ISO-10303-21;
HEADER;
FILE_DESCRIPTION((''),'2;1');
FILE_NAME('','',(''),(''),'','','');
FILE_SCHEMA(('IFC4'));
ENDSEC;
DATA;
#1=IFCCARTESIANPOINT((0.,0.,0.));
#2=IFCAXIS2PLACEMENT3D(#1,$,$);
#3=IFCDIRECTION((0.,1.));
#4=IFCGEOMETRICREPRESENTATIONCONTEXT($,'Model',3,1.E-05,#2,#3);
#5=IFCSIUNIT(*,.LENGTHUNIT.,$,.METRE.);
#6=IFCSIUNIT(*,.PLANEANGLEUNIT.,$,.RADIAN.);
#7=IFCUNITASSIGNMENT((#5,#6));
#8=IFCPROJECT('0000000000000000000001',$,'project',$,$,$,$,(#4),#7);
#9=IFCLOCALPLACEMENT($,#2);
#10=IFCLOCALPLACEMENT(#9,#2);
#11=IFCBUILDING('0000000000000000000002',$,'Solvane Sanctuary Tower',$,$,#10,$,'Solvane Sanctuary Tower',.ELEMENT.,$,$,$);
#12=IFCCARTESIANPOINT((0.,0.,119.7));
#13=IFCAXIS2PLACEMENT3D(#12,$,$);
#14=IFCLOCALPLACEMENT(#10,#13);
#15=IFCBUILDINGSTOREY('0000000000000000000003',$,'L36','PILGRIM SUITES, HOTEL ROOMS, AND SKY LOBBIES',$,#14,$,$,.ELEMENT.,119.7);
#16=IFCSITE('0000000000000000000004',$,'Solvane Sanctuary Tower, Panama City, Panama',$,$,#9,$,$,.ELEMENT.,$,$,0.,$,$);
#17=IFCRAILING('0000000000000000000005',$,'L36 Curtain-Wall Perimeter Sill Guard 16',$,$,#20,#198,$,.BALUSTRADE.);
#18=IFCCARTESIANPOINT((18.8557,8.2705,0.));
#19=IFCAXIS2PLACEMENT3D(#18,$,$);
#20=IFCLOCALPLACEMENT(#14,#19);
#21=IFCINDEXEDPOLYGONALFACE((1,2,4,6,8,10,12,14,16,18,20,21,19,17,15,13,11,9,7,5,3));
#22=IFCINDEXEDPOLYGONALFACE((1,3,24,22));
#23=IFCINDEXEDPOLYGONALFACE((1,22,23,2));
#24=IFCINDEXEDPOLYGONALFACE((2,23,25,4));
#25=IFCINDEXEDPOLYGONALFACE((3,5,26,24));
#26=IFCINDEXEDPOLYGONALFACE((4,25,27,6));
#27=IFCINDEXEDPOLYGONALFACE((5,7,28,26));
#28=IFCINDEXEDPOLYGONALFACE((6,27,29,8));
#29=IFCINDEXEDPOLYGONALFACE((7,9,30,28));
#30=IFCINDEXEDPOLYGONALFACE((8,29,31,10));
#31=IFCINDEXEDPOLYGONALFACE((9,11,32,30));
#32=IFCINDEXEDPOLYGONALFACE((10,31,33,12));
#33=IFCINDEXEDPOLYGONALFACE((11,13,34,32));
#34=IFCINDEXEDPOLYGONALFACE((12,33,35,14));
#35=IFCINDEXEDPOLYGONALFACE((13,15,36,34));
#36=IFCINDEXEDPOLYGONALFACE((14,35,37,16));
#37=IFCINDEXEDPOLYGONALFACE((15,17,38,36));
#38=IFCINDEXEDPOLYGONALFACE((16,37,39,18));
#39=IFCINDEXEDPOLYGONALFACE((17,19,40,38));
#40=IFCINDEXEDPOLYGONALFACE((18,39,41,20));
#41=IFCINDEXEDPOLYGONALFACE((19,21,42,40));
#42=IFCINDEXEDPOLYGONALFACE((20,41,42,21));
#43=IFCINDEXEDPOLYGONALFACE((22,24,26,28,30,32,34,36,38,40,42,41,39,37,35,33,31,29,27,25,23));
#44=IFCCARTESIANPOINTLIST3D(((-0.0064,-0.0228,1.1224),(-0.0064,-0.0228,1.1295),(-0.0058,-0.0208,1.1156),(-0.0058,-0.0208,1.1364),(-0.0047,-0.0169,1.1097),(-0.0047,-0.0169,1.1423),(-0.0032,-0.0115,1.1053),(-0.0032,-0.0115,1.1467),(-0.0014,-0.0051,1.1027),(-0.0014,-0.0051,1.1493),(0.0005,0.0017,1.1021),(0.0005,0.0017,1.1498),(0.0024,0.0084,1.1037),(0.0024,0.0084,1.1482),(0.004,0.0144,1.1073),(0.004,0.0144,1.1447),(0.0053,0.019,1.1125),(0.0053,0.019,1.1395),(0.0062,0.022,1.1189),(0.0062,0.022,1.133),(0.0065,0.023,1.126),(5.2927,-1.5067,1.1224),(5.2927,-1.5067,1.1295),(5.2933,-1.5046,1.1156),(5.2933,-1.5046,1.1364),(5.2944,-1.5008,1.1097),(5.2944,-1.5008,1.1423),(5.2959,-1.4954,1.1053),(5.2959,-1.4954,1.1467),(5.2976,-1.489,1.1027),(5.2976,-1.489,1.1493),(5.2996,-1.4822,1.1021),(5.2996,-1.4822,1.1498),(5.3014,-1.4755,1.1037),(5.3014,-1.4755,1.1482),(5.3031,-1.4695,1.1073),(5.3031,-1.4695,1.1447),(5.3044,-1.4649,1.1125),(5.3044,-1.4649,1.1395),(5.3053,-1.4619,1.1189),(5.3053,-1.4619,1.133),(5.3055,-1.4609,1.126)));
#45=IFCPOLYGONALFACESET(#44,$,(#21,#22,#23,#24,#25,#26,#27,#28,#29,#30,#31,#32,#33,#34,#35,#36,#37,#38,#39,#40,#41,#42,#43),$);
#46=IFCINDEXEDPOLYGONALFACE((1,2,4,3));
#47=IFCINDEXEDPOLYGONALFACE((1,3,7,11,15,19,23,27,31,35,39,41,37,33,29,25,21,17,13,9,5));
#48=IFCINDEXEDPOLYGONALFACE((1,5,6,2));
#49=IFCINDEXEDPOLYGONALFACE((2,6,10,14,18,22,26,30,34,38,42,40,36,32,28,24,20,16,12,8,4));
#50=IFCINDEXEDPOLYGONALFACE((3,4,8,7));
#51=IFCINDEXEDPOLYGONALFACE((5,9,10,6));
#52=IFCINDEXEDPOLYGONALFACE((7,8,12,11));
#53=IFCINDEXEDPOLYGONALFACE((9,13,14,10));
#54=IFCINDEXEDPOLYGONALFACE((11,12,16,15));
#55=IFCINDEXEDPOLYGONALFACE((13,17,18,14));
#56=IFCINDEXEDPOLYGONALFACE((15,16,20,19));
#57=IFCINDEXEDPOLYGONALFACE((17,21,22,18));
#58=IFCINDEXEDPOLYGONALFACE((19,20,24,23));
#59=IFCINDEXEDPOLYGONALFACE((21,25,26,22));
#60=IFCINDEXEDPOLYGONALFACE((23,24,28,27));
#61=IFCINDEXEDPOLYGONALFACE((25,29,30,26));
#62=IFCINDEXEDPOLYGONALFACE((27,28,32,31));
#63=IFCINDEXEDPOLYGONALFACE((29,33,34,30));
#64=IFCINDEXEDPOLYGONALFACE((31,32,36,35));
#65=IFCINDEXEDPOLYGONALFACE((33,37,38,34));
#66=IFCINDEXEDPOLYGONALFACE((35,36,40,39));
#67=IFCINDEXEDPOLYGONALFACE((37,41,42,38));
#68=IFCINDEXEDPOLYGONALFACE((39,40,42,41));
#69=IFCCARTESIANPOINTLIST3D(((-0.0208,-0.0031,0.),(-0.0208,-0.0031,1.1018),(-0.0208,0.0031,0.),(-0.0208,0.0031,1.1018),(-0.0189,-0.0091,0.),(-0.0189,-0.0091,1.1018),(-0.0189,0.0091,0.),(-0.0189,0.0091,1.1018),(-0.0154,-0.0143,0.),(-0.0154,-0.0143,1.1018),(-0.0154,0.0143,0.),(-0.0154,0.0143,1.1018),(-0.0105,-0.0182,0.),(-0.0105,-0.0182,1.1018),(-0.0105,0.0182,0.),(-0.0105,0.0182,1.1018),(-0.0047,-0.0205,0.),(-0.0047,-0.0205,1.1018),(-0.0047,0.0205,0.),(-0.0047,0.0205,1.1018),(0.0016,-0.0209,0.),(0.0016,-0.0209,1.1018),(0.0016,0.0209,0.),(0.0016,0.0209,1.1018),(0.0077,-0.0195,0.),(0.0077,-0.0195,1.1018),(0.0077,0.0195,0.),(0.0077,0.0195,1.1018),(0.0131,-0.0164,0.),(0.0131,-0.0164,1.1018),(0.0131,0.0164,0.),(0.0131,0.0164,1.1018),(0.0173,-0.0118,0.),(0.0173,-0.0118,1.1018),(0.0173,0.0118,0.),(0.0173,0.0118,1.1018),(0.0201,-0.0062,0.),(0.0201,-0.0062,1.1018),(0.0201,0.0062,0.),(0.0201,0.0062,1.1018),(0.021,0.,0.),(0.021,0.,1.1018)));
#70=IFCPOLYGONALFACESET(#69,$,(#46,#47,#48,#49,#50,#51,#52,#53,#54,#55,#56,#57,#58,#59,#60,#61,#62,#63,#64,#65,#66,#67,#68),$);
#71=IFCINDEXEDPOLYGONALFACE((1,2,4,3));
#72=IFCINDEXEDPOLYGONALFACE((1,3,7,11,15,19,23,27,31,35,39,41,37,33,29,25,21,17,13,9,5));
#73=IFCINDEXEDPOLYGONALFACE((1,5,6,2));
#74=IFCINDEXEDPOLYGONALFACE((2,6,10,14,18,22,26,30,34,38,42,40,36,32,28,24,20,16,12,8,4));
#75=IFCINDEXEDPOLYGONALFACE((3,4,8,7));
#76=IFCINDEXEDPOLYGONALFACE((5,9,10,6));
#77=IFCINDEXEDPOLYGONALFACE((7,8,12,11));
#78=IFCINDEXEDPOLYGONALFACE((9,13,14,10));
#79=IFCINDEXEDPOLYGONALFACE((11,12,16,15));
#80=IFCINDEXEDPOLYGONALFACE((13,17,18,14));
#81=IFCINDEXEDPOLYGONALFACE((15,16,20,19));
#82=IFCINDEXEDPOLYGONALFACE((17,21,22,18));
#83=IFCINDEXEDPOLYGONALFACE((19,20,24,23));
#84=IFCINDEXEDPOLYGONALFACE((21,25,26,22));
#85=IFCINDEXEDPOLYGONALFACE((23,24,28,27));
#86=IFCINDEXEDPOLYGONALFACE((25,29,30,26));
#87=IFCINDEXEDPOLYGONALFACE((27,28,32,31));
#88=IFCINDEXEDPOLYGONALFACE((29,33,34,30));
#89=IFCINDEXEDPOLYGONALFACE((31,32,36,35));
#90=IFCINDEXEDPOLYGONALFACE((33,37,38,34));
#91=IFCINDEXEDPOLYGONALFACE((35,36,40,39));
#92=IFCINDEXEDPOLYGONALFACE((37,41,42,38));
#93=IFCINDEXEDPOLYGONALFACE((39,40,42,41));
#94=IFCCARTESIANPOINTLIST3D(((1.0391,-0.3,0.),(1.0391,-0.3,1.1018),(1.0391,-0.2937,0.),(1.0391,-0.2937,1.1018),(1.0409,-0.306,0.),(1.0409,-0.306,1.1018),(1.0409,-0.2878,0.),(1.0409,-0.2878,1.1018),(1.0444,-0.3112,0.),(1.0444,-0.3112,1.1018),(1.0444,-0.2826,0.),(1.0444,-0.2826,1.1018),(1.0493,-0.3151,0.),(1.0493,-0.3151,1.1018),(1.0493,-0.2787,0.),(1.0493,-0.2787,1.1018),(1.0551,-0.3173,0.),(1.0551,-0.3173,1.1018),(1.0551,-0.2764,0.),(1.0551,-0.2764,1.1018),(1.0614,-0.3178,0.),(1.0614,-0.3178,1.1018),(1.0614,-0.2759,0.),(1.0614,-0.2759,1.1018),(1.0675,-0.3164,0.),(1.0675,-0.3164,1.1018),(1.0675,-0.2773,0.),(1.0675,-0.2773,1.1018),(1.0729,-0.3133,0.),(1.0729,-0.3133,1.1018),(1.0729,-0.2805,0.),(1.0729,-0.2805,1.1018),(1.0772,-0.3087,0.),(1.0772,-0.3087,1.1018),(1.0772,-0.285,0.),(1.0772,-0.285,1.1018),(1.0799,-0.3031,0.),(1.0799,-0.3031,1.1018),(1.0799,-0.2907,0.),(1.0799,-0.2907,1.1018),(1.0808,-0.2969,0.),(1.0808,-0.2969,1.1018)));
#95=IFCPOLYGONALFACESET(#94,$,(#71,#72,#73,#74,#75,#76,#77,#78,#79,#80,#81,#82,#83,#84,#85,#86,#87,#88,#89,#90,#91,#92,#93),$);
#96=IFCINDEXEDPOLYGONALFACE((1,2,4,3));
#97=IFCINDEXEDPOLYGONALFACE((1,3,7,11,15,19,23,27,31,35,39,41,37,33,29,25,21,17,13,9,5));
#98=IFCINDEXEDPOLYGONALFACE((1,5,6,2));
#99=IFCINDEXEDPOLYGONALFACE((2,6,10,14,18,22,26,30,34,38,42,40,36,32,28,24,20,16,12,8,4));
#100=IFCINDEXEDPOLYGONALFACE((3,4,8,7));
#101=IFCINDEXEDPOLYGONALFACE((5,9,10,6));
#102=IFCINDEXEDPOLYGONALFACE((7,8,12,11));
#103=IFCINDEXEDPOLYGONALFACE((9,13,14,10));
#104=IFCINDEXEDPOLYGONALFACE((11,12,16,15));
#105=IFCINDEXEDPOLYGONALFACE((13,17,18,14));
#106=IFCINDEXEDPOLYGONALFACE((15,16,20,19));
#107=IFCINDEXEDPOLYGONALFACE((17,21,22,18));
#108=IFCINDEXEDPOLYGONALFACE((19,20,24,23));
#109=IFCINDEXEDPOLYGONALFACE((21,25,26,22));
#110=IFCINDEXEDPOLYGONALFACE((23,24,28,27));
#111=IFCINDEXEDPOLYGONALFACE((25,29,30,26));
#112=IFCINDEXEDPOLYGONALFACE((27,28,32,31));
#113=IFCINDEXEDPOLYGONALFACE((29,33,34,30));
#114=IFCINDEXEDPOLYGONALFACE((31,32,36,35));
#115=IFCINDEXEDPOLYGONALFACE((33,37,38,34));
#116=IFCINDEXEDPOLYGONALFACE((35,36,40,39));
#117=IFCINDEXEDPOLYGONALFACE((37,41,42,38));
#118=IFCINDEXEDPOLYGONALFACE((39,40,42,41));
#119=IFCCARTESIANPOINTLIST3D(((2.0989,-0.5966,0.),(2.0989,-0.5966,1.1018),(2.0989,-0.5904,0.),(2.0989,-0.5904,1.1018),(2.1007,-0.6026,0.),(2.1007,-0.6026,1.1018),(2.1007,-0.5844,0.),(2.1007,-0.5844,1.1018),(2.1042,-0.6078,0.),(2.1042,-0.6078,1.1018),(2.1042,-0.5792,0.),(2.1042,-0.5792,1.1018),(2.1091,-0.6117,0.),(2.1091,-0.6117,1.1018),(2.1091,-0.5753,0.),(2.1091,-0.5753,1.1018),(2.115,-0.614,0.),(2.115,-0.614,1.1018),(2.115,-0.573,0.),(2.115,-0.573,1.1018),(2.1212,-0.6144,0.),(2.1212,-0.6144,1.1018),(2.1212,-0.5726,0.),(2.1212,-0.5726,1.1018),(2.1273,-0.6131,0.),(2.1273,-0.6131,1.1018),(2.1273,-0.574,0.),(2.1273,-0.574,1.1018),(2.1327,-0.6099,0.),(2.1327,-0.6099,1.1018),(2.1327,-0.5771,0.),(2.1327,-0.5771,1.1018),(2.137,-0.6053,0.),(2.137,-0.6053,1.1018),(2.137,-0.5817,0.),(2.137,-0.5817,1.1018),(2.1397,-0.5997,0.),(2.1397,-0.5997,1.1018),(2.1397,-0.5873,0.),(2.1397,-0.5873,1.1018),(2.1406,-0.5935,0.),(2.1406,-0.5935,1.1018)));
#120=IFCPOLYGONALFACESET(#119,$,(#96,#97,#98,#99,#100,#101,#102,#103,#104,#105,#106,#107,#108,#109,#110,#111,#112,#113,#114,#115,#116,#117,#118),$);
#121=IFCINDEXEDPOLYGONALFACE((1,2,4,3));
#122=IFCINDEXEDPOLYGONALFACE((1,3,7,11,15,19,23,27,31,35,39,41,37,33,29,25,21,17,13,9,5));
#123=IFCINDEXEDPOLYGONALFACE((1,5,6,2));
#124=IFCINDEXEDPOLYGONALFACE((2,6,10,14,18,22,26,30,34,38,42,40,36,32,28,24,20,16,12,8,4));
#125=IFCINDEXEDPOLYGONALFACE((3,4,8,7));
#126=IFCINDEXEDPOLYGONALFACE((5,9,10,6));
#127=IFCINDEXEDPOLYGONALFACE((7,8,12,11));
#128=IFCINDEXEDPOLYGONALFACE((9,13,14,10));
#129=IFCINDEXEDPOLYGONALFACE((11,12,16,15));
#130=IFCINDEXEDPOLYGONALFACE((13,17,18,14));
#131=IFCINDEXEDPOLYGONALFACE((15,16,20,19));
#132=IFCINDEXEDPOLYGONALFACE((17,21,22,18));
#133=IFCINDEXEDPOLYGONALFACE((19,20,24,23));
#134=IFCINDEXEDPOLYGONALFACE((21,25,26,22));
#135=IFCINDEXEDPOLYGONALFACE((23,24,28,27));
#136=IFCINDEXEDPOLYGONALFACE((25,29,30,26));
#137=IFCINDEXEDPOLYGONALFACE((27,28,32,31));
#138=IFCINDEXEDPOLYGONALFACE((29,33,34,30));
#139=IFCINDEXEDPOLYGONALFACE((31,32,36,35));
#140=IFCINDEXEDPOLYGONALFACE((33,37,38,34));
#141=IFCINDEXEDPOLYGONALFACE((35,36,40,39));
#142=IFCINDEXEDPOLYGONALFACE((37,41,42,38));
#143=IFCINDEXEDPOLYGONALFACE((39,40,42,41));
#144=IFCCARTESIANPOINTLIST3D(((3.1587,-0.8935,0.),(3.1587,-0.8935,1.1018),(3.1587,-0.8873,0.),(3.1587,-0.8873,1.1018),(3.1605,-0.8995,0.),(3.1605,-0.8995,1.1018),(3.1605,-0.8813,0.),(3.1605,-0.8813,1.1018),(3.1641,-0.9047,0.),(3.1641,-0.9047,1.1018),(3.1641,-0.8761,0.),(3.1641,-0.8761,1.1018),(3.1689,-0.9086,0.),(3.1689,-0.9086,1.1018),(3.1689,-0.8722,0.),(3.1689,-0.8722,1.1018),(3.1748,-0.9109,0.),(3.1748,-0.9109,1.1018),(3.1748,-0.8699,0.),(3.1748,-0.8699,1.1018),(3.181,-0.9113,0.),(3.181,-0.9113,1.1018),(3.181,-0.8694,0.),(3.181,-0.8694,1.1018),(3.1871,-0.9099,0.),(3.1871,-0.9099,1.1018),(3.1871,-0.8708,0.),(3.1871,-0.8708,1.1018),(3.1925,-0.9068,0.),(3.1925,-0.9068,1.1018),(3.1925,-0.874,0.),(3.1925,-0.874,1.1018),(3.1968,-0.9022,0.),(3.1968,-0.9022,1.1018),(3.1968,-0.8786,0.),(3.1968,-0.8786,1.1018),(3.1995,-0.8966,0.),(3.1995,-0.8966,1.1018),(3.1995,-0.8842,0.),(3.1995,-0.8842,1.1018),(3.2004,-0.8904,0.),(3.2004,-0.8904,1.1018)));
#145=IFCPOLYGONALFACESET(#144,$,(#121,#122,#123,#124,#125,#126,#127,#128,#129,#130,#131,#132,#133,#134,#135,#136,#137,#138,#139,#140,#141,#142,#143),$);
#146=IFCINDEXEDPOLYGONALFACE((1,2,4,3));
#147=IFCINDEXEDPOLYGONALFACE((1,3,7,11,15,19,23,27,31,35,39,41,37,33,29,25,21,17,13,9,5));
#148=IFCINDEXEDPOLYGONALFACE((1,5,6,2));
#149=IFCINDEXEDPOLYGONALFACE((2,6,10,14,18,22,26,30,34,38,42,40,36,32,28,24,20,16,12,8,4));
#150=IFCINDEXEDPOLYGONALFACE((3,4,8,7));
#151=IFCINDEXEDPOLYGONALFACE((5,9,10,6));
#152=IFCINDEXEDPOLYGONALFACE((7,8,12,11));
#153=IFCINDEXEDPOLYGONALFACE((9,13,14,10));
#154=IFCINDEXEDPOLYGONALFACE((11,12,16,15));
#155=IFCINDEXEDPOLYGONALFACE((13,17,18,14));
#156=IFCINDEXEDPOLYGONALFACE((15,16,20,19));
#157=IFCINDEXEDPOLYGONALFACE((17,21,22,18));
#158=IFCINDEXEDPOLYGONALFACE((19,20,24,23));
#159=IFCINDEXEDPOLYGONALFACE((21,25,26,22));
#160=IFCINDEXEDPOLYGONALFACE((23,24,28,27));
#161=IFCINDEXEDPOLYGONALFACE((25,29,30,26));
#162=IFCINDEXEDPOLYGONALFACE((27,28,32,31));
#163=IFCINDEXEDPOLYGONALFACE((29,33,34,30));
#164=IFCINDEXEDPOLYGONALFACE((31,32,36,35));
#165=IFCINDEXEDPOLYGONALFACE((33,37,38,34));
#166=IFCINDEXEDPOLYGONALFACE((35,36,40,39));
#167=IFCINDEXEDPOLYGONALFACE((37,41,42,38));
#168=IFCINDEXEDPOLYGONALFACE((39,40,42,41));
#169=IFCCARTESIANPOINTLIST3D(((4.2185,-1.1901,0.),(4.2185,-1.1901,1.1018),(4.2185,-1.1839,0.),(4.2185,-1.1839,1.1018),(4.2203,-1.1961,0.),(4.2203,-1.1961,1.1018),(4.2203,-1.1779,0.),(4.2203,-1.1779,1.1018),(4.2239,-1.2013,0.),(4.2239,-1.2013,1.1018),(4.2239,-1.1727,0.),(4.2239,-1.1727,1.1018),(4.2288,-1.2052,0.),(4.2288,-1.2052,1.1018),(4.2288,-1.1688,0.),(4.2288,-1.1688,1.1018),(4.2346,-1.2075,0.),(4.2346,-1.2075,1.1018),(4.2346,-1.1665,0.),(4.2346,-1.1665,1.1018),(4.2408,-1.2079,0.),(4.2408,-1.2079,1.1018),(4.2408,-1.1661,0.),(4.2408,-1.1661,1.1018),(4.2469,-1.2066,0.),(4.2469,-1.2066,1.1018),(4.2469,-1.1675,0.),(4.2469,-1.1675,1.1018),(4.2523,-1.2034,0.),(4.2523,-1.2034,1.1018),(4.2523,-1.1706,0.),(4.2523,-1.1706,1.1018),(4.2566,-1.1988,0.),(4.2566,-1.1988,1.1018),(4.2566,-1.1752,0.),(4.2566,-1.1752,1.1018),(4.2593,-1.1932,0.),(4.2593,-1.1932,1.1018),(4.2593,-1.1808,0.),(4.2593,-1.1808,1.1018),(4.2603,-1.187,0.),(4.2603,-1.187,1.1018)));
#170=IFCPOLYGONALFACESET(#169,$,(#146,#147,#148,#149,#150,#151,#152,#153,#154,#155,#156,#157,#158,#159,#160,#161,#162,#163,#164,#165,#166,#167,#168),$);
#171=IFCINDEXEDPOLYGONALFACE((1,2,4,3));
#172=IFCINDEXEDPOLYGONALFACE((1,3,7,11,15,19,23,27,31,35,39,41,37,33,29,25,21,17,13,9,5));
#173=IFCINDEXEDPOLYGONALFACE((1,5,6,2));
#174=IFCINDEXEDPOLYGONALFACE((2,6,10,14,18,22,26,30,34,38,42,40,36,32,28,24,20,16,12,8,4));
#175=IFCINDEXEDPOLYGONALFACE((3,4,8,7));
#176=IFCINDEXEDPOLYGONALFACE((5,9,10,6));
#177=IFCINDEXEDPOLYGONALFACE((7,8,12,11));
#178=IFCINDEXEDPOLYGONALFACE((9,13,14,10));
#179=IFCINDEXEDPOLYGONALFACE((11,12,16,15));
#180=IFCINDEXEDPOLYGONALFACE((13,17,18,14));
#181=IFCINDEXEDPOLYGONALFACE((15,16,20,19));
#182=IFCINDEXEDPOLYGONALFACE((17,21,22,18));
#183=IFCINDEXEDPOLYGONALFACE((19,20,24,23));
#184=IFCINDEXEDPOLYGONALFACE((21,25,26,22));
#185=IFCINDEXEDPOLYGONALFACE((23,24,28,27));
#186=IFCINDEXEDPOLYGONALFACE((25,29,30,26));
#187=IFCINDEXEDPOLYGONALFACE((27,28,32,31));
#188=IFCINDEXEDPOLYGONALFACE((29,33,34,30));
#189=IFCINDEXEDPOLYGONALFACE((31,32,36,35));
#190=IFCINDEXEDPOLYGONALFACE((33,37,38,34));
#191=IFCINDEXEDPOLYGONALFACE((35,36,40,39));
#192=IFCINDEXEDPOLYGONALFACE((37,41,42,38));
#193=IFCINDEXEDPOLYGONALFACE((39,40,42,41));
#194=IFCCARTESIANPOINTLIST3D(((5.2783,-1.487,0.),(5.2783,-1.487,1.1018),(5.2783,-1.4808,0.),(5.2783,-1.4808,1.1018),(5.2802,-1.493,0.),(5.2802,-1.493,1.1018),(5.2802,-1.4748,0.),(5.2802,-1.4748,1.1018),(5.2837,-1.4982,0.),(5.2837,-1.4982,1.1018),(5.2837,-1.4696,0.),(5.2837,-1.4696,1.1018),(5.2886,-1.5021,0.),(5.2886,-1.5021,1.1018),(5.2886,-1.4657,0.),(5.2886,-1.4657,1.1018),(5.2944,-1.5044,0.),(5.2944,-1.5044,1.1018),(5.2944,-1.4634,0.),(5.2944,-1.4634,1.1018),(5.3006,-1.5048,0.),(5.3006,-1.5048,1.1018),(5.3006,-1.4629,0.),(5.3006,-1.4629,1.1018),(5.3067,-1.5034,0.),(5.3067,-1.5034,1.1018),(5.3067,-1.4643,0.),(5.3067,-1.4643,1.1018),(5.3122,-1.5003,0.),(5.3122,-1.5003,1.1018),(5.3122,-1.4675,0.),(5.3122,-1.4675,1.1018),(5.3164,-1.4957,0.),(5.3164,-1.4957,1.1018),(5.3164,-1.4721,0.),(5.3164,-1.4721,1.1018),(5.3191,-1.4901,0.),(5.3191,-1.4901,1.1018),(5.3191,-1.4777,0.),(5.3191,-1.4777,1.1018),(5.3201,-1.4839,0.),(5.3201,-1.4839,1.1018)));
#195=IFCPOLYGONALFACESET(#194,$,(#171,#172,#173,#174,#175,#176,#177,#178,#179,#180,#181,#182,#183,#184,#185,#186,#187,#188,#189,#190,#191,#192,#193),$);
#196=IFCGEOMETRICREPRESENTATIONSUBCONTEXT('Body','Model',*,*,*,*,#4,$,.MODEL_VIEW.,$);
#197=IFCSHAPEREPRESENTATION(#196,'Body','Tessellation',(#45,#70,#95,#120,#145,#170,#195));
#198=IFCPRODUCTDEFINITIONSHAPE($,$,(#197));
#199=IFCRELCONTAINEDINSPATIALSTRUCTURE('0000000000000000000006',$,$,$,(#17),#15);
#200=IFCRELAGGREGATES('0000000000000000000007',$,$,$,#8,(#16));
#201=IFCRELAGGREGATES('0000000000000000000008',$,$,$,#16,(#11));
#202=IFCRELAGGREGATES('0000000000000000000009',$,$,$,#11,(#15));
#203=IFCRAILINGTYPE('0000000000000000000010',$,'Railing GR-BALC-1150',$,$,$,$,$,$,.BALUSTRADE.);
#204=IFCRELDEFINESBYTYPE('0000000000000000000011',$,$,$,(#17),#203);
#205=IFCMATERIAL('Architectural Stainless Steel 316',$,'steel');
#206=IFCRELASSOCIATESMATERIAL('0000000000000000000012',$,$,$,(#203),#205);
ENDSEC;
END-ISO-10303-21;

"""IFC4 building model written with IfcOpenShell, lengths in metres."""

from ifc_helpers import new_model, si_unit, direction, frame, origin, origin_2d, place, context, subcontext, project, spatial, circle, extrude, material, type_object, element, save


model = new_model("IFC4")

# Units and contexts
model_context = context("Model", 3, precision=1e-05, world=origin(), true_north=direction((0.0, 1.0)))
body_context = subcontext(model_context, "Body", "Model", "MODEL_VIEW")
ifc_project = project(units=[si_unit("LENGTHUNIT", "METRE"), si_unit("PLANEANGLEUNIT", "RADIAN")], contexts=[model_context])

# Site, building, storey
site_placement = place(None, origin())
site = spatial("IfcSite", under=ifc_project, at=site_placement, Name="Solvane Sanctuary Tower, Panama City, Panama", CompositionType="ELEMENT", RefElevation=0.0)
building_placement = place(site_placement, origin())
building = spatial("IfcBuilding", under=site, at=building_placement, Name="Solvane Sanctuary Tower", LongName="Solvane Sanctuary Tower", CompositionType="ELEMENT")
storey_placement = place(building_placement, frame((0.0, 0.0, 119.7)))
storey = spatial("IfcBuildingStorey", under=building, at=storey_placement, Name="L36", Description="PILGRIM SUITES, HOTEL ROOMS, AND SKY LOBBIES", CompositionType="ELEMENT", Elevation=119.7)

# Railing
ifc_material_1 = material(Name="Architectural Stainless Steel 316", Category="steel")
railing_type = type_object("IfcRailingType", Name="Railing GR-BALC-1150", PredefinedType="BALUSTRADE", material=ifc_material_1)
railing_placement = place(storey_placement, frame((18.8557, 8.2705, 0.0)))
element("IfcRailing", 1, at=railing_placement, inside=storey, type_object=railing_type, Name="L36 Curtain-Wall Perimeter Sill Guard 16", PredefinedType="BALUSTRADE", context=body_context, shape_type="SweptSolid", body=[
    extrude(circle(Radius=0.0239, at=origin_2d()), frame((0.0, 0.0, 1.126), z_axis=(0.962957, -0.269655, 0.0), x_axis=(0.269655, 0.962957, 0.0)), (0.0, 0.0, 1.0), 5.5029),
    extrude(circle(Radius=0.021, at=origin_2d()), origin(), (0.0, 0.0, 1.0), 1.1018),
    extrude(circle(Radius=0.021, at=origin_2d()), frame((1.0598, -0.2969, 0.0)), (0.0, 0.0, 1.0), 1.1018),
    extrude(circle(Radius=0.021, at=origin_2d()), frame((2.1196, -0.5935, 0.0)), (0.0, 0.0, 1.0), 1.1018),
    extrude(circle(Radius=0.021, at=origin_2d()), frame((3.1794, -0.8904, 0.0)), (0.0, 0.0, 1.0), 1.1018),
    extrude(circle(Radius=0.021, at=origin_2d()), frame((4.2393, -1.187, 0.0)), (0.0, 0.0, 1.0), 1.1018),
    extrude(circle(Radius=0.021, at=origin_2d()), frame((5.2991, -1.4839, 0.0)), (0.0, 0.0, 1.0), 1.1018),
])

save(model, "model.ifc")
